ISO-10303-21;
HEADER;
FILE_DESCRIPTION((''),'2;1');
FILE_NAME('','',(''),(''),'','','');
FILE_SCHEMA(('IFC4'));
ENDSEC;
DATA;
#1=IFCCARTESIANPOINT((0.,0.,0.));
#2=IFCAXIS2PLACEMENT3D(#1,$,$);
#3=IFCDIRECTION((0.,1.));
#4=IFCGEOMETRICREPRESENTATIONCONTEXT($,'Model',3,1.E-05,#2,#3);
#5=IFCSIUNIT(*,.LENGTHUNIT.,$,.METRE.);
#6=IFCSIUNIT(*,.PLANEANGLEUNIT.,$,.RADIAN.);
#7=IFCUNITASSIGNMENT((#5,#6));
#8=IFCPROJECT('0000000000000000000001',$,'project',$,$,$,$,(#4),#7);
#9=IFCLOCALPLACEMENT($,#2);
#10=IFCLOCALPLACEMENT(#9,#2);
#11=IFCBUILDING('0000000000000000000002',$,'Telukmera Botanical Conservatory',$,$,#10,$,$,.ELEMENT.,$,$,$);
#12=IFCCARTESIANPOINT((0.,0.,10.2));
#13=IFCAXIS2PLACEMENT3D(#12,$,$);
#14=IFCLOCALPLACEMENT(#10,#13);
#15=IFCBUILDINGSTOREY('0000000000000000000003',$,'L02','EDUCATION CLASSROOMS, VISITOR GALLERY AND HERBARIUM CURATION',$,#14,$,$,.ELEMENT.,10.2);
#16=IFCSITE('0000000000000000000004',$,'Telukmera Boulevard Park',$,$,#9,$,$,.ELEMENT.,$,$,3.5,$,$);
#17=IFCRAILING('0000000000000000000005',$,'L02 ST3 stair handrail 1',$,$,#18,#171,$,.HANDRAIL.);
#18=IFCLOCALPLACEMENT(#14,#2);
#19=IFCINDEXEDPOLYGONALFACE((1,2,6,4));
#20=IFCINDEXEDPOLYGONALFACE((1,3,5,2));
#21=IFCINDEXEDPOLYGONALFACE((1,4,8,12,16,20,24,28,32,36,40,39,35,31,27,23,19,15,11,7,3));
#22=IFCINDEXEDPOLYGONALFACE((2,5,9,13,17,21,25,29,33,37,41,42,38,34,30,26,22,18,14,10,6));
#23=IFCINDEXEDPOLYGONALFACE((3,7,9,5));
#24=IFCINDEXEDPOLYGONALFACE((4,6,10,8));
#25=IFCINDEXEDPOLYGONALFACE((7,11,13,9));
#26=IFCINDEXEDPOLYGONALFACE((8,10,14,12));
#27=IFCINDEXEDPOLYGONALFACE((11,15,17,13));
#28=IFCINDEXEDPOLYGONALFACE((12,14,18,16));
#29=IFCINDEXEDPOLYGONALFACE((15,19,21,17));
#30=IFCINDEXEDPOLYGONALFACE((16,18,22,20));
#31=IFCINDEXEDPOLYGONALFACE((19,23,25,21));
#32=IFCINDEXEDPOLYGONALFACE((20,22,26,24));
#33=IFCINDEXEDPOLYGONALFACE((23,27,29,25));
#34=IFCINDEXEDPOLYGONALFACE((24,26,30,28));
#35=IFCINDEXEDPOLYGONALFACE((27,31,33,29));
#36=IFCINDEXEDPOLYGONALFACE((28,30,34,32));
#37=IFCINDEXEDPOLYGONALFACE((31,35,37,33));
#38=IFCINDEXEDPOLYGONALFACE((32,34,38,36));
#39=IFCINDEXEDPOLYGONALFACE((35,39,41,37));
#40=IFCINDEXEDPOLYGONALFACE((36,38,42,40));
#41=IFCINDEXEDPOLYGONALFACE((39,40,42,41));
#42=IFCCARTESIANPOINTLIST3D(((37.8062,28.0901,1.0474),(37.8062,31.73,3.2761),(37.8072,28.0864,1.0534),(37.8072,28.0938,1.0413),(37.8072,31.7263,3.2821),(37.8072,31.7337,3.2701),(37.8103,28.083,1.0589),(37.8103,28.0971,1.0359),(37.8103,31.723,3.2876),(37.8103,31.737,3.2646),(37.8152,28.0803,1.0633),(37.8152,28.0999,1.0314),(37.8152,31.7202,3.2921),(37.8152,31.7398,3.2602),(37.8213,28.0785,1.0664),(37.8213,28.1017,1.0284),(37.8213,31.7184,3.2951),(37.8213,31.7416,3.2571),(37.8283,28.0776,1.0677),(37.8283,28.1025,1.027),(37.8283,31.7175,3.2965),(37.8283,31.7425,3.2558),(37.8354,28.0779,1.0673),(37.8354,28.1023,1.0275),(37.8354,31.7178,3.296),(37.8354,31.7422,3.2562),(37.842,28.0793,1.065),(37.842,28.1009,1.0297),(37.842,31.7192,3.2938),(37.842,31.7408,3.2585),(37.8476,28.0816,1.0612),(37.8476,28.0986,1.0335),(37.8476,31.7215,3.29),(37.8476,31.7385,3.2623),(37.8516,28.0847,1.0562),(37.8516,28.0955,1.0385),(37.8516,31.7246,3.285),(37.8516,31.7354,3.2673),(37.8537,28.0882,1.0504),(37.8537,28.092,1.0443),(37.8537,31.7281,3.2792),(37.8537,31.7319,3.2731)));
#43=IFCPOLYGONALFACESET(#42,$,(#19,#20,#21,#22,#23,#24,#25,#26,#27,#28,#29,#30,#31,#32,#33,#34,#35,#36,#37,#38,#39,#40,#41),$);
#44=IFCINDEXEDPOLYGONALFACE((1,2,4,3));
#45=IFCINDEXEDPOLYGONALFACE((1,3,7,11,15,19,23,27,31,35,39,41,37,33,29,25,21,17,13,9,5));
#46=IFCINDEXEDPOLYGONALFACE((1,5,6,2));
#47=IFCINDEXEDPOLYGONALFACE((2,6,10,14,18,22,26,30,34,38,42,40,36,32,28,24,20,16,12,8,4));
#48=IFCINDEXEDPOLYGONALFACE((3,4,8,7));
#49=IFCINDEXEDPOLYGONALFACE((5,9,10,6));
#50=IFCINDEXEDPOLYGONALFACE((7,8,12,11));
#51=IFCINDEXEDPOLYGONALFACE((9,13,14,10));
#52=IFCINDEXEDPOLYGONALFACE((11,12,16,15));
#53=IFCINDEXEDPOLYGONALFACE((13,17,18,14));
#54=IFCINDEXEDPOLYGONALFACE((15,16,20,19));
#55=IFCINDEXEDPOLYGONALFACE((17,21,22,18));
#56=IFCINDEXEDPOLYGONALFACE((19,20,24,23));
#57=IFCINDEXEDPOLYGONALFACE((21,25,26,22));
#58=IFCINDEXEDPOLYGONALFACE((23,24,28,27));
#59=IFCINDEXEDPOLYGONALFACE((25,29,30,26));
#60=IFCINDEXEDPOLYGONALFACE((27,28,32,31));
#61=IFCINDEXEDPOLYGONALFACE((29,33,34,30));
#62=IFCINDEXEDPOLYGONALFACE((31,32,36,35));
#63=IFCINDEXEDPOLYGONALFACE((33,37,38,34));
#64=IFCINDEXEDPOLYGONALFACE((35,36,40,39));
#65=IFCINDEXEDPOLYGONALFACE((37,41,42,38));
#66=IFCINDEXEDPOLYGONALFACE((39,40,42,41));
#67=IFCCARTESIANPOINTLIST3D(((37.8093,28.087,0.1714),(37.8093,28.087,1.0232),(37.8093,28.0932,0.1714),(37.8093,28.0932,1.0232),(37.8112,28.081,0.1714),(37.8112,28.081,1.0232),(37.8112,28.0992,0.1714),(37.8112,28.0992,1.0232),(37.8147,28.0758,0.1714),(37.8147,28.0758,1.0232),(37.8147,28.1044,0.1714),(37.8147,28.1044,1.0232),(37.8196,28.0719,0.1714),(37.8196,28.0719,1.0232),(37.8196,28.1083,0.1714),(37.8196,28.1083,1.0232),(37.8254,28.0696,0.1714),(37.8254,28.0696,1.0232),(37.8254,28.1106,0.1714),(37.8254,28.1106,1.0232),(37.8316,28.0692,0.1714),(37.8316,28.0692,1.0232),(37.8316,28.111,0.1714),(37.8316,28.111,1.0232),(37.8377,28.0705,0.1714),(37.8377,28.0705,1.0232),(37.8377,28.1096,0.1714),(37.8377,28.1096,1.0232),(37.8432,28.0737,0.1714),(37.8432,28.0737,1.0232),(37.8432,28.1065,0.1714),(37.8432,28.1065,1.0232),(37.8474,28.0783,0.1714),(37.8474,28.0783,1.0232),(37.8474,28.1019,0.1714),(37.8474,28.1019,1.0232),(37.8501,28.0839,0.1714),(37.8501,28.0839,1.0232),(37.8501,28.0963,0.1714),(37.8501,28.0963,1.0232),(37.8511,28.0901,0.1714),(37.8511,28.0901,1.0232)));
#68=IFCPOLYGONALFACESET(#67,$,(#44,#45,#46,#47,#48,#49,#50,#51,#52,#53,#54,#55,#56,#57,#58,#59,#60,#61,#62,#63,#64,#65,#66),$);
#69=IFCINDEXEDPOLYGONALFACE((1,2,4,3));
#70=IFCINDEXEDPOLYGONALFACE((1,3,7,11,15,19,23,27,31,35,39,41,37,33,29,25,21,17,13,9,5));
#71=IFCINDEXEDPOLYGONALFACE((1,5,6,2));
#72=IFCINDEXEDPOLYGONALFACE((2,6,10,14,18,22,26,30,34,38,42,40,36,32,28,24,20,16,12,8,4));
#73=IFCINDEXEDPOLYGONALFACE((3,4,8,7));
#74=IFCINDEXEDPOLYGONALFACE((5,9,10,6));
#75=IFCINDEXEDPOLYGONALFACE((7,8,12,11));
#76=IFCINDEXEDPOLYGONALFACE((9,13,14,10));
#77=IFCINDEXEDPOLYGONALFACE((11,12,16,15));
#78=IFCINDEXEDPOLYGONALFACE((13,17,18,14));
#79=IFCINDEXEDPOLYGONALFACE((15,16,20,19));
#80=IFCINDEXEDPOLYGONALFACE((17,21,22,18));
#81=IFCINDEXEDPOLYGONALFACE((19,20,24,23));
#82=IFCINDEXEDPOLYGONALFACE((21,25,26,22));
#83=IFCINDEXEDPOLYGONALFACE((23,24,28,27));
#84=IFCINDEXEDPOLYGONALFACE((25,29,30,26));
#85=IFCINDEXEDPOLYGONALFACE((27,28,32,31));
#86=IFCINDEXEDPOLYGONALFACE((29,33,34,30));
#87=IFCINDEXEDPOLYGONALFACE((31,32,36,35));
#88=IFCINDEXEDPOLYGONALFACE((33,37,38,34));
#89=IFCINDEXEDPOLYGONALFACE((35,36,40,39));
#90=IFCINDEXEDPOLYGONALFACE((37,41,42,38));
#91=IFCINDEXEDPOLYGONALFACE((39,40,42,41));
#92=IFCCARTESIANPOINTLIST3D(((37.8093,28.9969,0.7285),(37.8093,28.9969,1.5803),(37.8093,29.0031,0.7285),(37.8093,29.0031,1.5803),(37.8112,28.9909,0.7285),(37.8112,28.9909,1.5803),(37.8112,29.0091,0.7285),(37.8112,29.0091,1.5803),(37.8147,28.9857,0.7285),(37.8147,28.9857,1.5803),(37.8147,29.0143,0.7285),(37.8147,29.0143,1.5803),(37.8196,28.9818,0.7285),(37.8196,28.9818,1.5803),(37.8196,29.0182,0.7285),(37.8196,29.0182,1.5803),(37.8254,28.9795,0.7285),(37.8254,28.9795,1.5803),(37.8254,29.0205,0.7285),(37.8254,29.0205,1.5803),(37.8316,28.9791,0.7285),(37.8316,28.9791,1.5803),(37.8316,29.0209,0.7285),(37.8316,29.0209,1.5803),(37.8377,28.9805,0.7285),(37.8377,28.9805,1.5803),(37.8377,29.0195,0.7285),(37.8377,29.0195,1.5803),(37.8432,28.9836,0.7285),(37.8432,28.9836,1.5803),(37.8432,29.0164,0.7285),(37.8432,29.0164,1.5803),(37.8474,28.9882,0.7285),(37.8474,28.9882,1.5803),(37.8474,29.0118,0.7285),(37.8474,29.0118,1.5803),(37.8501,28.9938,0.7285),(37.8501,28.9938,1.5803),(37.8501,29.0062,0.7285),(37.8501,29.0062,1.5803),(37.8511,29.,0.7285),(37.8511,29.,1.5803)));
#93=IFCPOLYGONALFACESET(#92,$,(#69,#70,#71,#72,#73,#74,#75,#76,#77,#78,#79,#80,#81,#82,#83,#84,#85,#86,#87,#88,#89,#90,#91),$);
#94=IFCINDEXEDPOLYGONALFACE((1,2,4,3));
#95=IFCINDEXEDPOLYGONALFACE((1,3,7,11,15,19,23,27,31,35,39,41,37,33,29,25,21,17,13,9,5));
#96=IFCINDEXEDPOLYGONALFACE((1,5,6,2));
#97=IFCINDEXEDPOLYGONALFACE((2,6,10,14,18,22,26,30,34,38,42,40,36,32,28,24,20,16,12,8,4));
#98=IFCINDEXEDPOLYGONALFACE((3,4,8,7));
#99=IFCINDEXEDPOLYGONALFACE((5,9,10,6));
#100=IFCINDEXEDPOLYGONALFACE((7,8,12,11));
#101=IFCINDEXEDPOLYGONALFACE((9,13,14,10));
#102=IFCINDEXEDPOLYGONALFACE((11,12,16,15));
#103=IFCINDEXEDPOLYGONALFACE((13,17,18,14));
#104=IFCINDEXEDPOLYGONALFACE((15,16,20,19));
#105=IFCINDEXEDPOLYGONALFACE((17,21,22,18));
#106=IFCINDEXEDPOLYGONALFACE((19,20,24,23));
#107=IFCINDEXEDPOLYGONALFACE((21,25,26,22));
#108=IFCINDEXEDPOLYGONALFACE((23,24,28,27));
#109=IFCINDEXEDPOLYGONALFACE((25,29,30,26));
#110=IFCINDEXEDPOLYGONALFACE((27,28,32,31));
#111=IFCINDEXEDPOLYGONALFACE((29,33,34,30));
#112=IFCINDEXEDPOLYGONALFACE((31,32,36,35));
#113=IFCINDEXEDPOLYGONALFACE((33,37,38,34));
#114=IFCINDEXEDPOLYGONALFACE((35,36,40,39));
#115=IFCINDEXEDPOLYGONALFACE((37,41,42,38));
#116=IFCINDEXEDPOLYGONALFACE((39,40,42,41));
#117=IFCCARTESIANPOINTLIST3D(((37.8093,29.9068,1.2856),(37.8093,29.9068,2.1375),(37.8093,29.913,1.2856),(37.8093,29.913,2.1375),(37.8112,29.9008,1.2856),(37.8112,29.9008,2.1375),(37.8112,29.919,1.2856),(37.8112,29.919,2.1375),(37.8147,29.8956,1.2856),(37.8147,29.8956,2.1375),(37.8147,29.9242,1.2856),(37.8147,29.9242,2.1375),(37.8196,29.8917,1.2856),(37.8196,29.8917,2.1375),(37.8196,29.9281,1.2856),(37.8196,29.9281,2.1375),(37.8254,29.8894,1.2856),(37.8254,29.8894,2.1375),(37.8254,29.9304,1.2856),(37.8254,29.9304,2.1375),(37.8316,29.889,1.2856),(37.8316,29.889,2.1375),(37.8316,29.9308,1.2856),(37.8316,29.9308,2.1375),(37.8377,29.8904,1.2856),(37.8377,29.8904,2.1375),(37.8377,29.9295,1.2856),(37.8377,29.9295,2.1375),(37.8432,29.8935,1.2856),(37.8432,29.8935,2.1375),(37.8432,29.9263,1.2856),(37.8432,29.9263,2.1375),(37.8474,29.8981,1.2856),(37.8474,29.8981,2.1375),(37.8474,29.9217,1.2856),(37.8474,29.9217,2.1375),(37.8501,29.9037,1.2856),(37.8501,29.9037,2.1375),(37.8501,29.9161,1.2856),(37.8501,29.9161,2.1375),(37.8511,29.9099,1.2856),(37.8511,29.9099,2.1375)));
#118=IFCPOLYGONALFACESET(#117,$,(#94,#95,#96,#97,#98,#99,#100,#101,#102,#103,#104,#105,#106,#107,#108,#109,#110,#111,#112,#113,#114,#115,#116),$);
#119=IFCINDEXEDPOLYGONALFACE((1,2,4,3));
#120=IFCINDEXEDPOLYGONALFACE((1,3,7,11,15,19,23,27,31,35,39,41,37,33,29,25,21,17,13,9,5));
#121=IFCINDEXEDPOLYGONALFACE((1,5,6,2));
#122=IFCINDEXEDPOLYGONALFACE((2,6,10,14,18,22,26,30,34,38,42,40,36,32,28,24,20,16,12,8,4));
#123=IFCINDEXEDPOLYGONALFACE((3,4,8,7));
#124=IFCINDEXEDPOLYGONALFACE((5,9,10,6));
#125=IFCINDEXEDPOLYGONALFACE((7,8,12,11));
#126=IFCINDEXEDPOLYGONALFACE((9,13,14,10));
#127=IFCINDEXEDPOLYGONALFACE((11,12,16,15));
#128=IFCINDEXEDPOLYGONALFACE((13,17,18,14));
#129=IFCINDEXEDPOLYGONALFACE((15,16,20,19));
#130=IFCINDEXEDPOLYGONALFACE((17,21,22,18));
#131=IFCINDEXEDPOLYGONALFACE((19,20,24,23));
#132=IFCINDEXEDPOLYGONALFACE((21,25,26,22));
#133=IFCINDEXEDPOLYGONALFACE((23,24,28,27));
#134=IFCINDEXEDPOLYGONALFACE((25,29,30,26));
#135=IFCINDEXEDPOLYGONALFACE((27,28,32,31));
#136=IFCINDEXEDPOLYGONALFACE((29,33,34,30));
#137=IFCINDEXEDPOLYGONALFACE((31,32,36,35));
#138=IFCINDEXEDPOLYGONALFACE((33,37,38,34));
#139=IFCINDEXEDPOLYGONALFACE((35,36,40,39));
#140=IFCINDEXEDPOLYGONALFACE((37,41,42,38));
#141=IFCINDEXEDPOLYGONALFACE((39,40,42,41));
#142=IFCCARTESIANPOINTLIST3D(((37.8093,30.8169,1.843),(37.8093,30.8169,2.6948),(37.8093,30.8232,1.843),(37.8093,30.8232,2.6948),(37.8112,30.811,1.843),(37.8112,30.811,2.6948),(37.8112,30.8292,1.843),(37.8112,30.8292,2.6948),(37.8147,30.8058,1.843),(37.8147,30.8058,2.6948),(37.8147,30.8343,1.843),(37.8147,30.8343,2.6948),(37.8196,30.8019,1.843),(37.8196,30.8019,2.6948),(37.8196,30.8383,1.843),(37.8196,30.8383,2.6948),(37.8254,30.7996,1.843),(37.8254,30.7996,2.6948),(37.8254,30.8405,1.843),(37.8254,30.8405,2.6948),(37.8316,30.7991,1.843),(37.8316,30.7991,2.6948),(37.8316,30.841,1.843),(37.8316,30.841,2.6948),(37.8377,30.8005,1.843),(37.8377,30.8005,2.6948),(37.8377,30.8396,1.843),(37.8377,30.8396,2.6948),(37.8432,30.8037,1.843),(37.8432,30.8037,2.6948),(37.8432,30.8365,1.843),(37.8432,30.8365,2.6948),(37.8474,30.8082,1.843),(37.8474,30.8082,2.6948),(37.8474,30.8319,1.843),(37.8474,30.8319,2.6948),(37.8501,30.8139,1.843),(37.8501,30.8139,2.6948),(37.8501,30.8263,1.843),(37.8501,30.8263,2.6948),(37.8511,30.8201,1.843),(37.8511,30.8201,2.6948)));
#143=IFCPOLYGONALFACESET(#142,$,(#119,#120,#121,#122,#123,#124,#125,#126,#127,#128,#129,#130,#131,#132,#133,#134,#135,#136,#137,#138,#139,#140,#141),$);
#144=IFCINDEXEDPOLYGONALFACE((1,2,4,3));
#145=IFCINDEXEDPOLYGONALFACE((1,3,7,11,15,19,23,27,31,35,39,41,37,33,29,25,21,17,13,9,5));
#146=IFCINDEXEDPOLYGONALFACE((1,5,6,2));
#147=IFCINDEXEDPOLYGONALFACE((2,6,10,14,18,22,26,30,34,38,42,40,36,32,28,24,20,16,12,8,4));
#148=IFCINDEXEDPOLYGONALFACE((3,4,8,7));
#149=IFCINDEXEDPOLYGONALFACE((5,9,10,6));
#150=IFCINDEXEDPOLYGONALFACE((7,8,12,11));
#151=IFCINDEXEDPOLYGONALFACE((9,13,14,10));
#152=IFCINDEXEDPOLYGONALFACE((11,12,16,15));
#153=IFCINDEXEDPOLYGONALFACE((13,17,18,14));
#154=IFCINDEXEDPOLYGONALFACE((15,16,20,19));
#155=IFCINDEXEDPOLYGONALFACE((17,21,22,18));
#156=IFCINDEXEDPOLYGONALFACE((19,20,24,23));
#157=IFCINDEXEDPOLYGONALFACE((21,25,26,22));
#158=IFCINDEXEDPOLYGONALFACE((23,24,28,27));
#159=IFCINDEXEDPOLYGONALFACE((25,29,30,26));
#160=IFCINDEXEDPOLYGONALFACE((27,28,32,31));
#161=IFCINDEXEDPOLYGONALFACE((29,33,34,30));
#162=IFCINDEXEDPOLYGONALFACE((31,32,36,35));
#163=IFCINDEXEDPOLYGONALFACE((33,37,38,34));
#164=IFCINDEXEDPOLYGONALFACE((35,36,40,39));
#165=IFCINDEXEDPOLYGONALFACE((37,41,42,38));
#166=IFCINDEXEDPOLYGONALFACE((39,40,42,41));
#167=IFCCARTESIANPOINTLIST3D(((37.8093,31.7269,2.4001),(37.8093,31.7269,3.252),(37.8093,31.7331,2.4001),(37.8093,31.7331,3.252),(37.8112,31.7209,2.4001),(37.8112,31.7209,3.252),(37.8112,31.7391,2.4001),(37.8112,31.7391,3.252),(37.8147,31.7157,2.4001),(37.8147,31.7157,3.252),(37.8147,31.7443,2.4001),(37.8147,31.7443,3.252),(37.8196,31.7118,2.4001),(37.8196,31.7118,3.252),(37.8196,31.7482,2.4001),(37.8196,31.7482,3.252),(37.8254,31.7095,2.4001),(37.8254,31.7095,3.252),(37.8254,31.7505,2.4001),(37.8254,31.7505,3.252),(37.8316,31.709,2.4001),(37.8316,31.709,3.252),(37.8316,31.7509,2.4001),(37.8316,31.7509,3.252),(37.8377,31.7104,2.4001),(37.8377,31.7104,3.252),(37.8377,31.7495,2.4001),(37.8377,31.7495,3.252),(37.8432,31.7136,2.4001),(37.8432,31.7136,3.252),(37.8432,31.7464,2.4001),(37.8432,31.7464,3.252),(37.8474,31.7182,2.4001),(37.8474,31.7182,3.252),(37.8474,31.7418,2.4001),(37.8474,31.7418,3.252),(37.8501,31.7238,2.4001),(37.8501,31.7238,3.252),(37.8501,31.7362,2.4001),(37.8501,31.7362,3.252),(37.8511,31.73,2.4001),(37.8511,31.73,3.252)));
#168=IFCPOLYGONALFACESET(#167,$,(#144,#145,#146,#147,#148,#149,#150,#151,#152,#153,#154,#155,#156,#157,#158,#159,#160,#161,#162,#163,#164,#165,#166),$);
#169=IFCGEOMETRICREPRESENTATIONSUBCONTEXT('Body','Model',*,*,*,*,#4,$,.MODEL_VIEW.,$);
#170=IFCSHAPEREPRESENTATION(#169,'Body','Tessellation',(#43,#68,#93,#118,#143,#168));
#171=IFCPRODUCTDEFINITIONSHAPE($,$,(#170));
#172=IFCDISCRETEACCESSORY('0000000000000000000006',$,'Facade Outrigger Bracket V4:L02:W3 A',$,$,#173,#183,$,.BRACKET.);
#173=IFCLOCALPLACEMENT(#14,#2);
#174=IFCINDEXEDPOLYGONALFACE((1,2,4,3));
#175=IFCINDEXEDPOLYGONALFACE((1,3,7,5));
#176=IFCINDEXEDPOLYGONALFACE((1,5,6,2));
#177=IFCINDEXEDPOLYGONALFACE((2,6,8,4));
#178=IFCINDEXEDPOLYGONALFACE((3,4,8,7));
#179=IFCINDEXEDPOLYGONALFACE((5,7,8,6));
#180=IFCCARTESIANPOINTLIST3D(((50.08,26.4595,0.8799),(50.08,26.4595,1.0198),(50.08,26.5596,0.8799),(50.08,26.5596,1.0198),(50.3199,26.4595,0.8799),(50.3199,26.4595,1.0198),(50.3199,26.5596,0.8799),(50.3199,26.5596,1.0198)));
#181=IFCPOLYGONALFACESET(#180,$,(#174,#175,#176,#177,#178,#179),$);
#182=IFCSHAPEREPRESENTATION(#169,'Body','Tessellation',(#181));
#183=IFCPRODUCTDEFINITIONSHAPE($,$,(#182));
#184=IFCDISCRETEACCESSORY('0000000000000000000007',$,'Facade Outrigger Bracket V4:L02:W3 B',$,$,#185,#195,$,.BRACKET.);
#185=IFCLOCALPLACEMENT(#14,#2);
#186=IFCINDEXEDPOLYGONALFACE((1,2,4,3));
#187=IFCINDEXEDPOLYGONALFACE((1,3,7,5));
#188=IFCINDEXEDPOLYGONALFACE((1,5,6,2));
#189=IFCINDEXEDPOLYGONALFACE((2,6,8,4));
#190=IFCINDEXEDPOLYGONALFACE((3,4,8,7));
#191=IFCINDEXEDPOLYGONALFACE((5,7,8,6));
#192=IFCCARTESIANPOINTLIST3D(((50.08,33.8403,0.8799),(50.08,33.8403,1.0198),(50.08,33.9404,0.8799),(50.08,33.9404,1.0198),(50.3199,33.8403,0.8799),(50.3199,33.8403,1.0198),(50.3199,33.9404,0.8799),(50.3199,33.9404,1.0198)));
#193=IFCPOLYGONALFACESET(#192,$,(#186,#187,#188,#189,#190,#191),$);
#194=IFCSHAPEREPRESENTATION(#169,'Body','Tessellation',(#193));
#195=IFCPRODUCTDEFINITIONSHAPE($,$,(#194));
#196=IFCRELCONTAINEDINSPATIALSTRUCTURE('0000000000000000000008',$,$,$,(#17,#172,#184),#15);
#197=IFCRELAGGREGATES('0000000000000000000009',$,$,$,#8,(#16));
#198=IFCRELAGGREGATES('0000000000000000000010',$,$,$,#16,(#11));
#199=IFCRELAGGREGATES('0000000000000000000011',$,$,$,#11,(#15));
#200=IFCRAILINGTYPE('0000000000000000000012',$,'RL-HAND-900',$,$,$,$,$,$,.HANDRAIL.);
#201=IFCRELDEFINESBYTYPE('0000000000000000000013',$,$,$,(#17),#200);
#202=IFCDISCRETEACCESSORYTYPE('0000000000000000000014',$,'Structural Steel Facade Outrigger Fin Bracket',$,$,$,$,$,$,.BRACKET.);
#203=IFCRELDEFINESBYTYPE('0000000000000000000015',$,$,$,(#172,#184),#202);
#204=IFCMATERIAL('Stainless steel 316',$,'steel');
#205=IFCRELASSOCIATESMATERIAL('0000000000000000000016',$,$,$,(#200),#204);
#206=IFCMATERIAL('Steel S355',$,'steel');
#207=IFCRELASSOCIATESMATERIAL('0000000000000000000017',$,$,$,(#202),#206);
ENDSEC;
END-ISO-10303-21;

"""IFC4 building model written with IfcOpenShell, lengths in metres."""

from ifc_helpers import new_model, si_unit, direction, frame, origin, origin_2d, place, context, subcontext, project, spatial, rectangle, circle, extrude, material, type_object, element, save


model = new_model("IFC4")

# Units and contexts
model_context = context("Model", 3, precision=1e-05, world=origin(), true_north=direction((0.0, 1.0)))
body_context = subcontext(model_context, "Body", "Model", "MODEL_VIEW")
ifc_project = project(units=[si_unit("LENGTHUNIT", "METRE"), si_unit("PLANEANGLEUNIT", "RADIAN")], contexts=[model_context])

# Site, building, storey
site_placement = place(None, origin())
site = spatial("IfcSite", under=ifc_project, at=site_placement, Name="Telukmera Boulevard Park", CompositionType="ELEMENT", RefElevation=3.5)
building_placement = place(site_placement, origin())
building = spatial("IfcBuilding", under=site, at=building_placement, Name="Telukmera Botanical Conservatory", CompositionType="ELEMENT")
storey_placement = place(building_placement, frame((0.0, 0.0, 10.2)))
storey = spatial("IfcBuildingStorey", under=building, at=storey_placement, Name="L02", Description="EDUCATION CLASSROOMS, VISITOR GALLERY AND HERBARIUM CURATION", CompositionType="ELEMENT", Elevation=10.2)

# Railing
ifc_material_1 = material(Name="Steel S355", Category="steel")
ifc_material_2 = material(Name="Stainless steel 316", Category="steel")
railing_type_1 = type_object("IfcRailingType", Name="RL-HAND-900", PredefinedType="HANDRAIL", material=ifc_material_2)
railing_1_placement = place(storey_placement, frame((37.8301, 28.0901, 0.1714)))
element("IfcRailing", 1, at=railing_1_placement, inside=storey, type_object=railing_type_1, Name="L02 ST3 stair handrail 1", PredefinedType="HANDRAIL", context=body_context, shape_type="SweptSolid", body=[
    extrude(circle(Radius=0.0239, at=origin_2d()), frame((0.0, 0.0, 0.876), z_axis=(0.0, 0.852825, 0.522197), x_axis=(-1.0, 0.0, 0.0)), (0.0, 0.0, 1.0), 4.2681),
    extrude(circle(Radius=0.021, at=origin_2d()), origin(), (0.0, 0.0, 1.0), 0.8518),
    extrude(circle(Radius=0.021, at=origin_2d()), frame((0.0, 0.9099, 0.5571)), (0.0, 0.0, 1.0), 0.8518),
    extrude(circle(Radius=0.021, at=origin_2d()), frame((0.0, 1.8198, 1.1143)), (0.0, 0.0, 1.0), 0.8518),
    extrude(circle(Radius=0.021, at=origin_2d()), frame((0.0, 2.73, 1.6716)), (0.0, 0.0, 1.0), 0.8518),
    extrude(circle(Radius=0.021, at=origin_2d()), frame((0.0, 3.6399, 2.2288)), (0.0, 0.0, 1.0), 0.8518),
])

# Discrete accessories
discrete_accessory_type = type_object("IfcDiscreteAccessoryType", Name="Structural Steel Facade Outrigger Fin Bracket", PredefinedType="BRACKET", material=ifc_material_1)
for number, where, z_axis, x_axis, name in (
    (2, (50.2, 26.5095, 0.8799), (0.0, 0.0, 1.0), (0.0, 1.0, 0.0), "Facade Outrigger Bracket V4:L02:W3 A"),
    (3, (50.2, 33.8904, 0.8799), (0.0, 0.0, 1.0), (0.0, 1.0, 0.0), "Facade Outrigger Bracket V4:L02:W3 B"),
):
    element("IfcDiscreteAccessory", number, at=place(storey_placement, frame(where, z_axis=z_axis, x_axis=x_axis)), inside=storey, type_object=discrete_accessory_type, Name=name, PredefinedType="BRACKET", context=body_context, shape_type="SweptSolid", body=[
        extrude(rectangle(XDim=0.1001, YDim=0.24, at=origin_2d()), origin(), (0.0, 0.0, 1.0), 0.1399),
    ])

save(model, "model.ifc")
